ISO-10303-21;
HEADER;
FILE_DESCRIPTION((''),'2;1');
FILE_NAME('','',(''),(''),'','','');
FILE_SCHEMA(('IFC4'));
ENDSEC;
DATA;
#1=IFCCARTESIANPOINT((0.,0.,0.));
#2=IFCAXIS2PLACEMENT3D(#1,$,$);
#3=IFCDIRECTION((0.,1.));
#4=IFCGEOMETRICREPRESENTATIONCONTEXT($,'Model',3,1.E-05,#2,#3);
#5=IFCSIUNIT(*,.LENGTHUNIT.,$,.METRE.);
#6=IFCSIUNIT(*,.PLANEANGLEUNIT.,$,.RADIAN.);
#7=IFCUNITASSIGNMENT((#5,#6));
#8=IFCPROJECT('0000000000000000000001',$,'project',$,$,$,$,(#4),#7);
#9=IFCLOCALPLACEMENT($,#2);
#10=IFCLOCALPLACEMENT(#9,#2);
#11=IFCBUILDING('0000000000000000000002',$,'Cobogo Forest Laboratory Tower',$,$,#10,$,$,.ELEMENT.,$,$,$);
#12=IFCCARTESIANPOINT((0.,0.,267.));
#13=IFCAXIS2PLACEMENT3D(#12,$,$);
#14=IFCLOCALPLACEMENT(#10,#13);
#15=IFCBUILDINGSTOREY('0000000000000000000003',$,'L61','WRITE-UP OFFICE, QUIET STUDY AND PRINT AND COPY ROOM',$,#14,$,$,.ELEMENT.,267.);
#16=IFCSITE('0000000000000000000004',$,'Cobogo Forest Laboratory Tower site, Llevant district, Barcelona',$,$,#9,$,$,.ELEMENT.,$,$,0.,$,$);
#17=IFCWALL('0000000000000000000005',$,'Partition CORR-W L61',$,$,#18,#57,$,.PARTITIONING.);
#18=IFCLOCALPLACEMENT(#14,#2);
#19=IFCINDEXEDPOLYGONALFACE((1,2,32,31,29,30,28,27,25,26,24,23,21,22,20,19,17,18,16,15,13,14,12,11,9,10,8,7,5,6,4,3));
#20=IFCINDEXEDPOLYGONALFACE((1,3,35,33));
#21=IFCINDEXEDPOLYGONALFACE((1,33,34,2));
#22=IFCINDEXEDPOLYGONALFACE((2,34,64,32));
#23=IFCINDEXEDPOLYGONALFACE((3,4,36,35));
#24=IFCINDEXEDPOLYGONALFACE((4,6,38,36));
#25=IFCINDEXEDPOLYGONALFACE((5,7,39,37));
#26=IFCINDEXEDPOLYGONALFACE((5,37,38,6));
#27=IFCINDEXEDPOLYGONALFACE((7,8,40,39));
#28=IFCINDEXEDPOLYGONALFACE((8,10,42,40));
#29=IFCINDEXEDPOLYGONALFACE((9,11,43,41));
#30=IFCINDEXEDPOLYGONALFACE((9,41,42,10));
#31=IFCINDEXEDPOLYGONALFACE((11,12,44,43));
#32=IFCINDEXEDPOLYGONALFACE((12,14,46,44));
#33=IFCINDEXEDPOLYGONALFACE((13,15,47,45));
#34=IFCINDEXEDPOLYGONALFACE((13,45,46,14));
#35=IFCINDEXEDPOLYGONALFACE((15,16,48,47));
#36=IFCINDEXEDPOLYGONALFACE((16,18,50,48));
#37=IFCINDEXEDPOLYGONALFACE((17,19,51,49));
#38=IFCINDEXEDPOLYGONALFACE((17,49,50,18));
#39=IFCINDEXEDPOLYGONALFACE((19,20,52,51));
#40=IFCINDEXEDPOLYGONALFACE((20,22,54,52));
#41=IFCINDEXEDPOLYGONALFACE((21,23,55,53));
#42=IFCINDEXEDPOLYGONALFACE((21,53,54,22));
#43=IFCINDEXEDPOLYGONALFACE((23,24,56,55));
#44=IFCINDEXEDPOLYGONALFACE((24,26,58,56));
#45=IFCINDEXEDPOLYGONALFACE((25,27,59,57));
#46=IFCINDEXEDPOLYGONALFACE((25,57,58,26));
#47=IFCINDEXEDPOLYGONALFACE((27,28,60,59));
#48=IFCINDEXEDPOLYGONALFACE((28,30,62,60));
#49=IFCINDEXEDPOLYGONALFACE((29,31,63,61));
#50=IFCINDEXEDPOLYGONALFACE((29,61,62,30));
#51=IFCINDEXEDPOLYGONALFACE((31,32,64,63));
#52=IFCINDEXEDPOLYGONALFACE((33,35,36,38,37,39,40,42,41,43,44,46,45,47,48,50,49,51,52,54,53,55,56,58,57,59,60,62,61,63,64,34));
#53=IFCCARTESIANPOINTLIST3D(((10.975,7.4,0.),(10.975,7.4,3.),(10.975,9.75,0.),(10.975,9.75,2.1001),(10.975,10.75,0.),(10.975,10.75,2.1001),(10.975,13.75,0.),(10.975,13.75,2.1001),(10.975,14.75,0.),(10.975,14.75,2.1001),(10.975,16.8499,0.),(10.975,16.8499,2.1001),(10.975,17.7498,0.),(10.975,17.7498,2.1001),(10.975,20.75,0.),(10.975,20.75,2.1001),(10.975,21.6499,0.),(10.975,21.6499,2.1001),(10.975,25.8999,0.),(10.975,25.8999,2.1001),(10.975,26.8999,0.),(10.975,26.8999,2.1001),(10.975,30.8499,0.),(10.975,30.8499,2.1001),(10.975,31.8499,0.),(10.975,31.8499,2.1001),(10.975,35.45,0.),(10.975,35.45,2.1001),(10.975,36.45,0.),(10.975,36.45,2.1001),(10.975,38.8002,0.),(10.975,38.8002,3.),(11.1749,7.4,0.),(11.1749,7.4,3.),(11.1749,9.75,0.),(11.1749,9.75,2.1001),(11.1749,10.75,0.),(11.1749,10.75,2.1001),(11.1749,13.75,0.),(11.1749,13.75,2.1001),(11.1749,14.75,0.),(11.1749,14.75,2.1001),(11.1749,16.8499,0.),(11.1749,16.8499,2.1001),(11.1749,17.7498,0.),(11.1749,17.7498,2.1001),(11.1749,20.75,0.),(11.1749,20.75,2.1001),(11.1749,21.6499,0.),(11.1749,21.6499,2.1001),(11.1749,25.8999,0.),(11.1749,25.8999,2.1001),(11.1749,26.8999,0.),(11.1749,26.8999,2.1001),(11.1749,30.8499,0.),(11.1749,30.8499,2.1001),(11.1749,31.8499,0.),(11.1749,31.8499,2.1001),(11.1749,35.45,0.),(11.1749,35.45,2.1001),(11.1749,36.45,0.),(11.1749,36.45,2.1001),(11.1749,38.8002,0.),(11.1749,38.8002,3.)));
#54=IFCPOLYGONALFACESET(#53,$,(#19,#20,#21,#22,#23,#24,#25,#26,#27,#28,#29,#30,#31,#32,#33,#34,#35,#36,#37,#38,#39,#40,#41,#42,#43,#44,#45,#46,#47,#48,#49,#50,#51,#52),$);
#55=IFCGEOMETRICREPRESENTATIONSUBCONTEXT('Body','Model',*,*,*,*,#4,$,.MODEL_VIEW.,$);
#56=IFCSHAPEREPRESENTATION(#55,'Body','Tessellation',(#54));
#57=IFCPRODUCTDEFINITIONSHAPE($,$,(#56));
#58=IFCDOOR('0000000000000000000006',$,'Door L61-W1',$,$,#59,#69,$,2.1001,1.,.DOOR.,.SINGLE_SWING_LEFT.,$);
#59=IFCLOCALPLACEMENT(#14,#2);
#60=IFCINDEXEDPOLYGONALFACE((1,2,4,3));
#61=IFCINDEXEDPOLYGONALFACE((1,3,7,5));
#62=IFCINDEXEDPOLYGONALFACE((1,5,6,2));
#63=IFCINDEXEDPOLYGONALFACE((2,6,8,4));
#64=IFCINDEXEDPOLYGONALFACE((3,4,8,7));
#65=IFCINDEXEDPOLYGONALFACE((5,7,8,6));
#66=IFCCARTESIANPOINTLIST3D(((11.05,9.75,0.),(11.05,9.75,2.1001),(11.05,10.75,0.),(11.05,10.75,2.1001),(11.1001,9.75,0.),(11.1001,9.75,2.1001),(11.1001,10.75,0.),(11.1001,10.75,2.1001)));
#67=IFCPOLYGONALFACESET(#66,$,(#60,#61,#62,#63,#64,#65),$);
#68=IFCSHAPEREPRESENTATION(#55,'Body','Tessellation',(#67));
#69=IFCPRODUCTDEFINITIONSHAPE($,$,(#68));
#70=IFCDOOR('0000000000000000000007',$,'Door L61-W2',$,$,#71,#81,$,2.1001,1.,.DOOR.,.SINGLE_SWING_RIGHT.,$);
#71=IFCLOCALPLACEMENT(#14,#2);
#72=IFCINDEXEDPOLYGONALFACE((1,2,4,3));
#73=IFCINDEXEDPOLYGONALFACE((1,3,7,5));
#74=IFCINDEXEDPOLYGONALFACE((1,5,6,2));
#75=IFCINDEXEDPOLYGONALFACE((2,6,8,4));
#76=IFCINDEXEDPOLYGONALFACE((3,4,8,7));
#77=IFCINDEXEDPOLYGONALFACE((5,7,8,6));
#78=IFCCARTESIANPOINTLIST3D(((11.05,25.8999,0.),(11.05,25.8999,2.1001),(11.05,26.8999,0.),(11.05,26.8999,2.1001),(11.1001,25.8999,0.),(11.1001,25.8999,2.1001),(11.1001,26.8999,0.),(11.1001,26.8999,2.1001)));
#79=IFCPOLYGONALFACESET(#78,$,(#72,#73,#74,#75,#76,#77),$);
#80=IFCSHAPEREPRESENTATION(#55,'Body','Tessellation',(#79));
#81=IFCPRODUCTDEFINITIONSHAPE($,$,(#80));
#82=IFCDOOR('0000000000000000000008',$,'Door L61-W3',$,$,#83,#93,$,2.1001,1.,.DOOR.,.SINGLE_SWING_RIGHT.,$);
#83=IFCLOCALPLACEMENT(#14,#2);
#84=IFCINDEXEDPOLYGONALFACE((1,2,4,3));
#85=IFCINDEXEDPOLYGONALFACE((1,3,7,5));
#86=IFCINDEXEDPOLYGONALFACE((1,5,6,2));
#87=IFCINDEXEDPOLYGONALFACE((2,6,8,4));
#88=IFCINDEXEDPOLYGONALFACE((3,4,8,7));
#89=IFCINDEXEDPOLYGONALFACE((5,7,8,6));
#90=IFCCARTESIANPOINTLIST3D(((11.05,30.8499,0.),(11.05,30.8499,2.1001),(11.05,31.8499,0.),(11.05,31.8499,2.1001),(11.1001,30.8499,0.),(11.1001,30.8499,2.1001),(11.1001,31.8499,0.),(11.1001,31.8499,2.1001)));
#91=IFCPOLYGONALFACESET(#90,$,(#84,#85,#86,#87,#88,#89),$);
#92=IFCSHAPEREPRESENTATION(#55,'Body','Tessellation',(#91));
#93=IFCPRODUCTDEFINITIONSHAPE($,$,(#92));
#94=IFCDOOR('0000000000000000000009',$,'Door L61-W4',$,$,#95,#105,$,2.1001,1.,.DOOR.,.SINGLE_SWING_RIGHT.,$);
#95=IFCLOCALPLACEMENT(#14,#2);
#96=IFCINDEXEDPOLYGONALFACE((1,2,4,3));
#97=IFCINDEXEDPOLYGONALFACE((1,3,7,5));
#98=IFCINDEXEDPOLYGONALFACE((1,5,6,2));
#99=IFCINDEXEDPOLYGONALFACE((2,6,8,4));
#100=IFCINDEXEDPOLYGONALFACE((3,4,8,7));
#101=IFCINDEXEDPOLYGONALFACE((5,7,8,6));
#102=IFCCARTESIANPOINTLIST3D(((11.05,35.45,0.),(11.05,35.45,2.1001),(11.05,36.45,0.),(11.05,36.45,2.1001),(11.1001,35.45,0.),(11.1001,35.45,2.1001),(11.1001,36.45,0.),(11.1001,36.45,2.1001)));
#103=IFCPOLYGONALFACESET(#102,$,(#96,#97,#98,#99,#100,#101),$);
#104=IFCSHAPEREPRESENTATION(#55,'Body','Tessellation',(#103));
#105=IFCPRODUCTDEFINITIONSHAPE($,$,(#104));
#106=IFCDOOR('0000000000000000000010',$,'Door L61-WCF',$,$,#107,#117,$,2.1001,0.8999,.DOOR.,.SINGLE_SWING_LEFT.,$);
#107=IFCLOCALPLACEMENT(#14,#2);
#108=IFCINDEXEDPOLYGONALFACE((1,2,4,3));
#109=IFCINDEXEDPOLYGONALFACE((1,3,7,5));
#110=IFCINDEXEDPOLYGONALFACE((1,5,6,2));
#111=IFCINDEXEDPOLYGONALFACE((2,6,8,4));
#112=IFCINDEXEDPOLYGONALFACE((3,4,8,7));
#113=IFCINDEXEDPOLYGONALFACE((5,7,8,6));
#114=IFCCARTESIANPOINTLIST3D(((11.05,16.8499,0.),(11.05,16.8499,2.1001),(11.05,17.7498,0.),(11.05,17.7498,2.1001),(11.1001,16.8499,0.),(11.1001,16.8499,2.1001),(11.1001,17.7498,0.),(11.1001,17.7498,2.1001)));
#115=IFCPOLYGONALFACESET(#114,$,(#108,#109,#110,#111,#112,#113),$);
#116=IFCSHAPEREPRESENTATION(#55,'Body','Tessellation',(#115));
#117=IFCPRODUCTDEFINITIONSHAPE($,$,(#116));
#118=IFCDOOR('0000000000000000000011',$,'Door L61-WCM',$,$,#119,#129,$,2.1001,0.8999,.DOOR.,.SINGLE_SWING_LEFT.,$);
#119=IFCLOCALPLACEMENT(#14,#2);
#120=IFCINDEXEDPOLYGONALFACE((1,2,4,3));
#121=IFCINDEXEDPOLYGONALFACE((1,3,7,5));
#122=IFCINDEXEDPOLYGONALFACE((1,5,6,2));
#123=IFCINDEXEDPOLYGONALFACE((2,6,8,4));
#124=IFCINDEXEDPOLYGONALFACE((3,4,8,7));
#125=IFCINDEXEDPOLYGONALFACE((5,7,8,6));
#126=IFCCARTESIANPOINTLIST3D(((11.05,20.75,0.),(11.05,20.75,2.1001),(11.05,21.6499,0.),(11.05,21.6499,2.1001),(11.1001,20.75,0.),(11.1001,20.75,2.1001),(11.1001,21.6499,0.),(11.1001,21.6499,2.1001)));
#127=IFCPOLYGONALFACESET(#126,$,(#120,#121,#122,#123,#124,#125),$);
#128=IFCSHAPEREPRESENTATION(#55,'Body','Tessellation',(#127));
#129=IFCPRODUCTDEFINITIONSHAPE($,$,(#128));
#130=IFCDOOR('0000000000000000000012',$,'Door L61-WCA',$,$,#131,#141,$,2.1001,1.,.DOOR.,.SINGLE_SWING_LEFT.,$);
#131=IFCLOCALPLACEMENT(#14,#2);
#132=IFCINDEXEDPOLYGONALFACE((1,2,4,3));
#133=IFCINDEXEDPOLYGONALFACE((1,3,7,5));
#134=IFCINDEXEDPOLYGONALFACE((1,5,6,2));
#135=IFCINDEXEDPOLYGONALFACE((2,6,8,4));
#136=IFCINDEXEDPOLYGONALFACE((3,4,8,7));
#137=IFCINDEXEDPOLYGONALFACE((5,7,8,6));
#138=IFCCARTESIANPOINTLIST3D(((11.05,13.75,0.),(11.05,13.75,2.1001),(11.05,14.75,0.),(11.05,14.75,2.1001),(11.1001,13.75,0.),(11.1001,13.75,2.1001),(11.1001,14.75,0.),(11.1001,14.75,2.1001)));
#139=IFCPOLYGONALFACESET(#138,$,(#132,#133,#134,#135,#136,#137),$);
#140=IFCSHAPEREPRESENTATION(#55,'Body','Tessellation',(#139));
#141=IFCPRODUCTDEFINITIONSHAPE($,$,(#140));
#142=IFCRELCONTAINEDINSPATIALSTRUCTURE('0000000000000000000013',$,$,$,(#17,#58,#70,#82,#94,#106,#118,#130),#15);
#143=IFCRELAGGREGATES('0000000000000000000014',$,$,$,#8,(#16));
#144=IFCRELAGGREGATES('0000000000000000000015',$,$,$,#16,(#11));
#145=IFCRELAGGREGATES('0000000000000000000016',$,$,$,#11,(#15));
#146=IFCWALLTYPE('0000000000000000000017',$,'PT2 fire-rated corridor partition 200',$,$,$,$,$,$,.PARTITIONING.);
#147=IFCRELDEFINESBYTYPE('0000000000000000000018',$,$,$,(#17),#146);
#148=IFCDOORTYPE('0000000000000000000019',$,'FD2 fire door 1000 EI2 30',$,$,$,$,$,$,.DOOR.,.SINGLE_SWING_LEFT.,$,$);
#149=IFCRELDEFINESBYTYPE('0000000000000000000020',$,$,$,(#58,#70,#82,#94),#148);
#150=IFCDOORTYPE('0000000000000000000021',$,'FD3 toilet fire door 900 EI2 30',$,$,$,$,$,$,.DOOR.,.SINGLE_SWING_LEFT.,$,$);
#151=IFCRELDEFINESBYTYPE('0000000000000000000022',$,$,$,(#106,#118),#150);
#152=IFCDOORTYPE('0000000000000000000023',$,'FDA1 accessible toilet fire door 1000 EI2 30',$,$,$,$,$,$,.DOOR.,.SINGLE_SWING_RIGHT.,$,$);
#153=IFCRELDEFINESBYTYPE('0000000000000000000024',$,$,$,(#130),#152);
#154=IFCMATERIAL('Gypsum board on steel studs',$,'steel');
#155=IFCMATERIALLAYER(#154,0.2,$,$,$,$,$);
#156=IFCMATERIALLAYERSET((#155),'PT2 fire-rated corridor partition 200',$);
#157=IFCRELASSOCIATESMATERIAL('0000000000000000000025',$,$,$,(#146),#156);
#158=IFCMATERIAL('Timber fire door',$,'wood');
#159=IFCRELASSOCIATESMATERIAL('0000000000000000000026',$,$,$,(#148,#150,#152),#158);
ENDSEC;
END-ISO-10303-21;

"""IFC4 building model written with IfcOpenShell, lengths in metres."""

from ifc_helpers import new_model, si_unit, direction, frame, frame_2d, origin, place, context, subcontext, project, spatial, rectangle, extrude, material, layer, layer_set, type_object, element, fill, save


model = new_model("IFC4")

# Units and contexts
model_context = context("Model", 3, precision=1e-05, world=origin(), true_north=direction((0.0, 1.0)))
body_context = subcontext(model_context, "Body", "Model", "MODEL_VIEW")
ifc_project = project(units=[si_unit("LENGTHUNIT", "METRE"), si_unit("PLANEANGLEUNIT", "RADIAN")], contexts=[model_context])

# Site, building, storey
site_placement = place(None, origin())
site = spatial("IfcSite", under=ifc_project, at=site_placement, Name="Cobogo Forest Laboratory Tower site, Llevant district, Barcelona", CompositionType="ELEMENT", RefElevation=0.0)
building_placement = place(site_placement, origin())
building = spatial("IfcBuilding", under=site, at=building_placement, Name="Cobogo Forest Laboratory Tower", CompositionType="ELEMENT")
storey_placement = place(building_placement, frame((0.0, 0.0, 267.0)))
storey = spatial("IfcBuildingStorey", under=building, at=storey_placement, Name="L61", Description="WRITE-UP OFFICE, QUIET STUDY AND PRINT AND COPY ROOM", CompositionType="ELEMENT", Elevation=267.0)

# Shared definitions
ifc_material_1 = material(Name="Gypsum board on steel studs", Category="steel")

# Wall, openings, doors
ifc_layer_1 = layer(ifc_material_1, 0.2)
ifc_layer_set_1 = layer_set([ifc_layer_1], Name="PT2 fire-rated corridor partition 200")
wall_type_1 = type_object("IfcWallType", Name="PT2 fire-rated corridor partition 200", PredefinedType="PARTITIONING", material=ifc_layer_set_1)
ifc_material_2 = material(Name="Timber fire door", Category="wood")
door_type_1 = type_object("IfcDoorType", Name="FD2 fire door 1000 EI2 30", OperationType="SINGLE_SWING_LEFT", PredefinedType="DOOR", material=ifc_material_2)
wall_1_placement = place(storey_placement, frame((11.075, 7.3999, 0.0), z_axis=(0.0, 0.0, 1.0), x_axis=(0.0, 1.0, 0.0)))
wall_1 = element("IfcWall", 1, at=wall_1_placement, inside=storey, type_object=wall_type_1, Name="Partition CORR-W L61", PredefinedType="PARTITIONING", context=body_context, shape_type="SweptSolid", body=[
    extrude(rectangle(XDim=31.4001, YDim=0.2, at=frame_2d((15.7002, 0.0))), origin(), (0.0, 0.0, 1.0), 3.0),
])
opening_1_placement = place(wall_1_placement, frame((2.3501, 0.0, 0.0)))
opening_1 = element("IfcOpeningElement", 2, at=opening_1_placement, cuts=wall_1, PredefinedType="OPENING", context=body_context, shape_type="SweptSolid", body=[
    extrude(rectangle(XDim=1.0, YDim=2.1001, at=frame_2d((0.5, 1.05))), frame((0.0, 0.1099, 0.0), z_axis=(0.0, -1.0, 0.0), x_axis=(1.0, 0.0, 0.0)), (0.0, 0.0, 1.0), 0.22),
])
opening_2_placement = place(wall_1_placement, frame((6.3501, 0.0, 0.0)))
opening_2 = element("IfcOpeningElement", 3, at=opening_2_placement, cuts=wall_1, PredefinedType="OPENING", context=body_context, shape_type="SweptSolid", body=[
    extrude(rectangle(XDim=1.0, YDim=2.1001, at=frame_2d((0.5, 1.05))), frame((0.0, 0.1099, 0.0), z_axis=(0.0, -1.0, 0.0), x_axis=(1.0, 0.0, 0.0)), (0.0, 0.0, 1.0), 0.22),
])
opening_3_placement = place(wall_1_placement, frame((9.45, 0.0, 0.0)))
opening_3 = element("IfcOpeningElement", 4, at=opening_3_placement, cuts=wall_1, PredefinedType="OPENING", context=body_context, shape_type="SweptSolid", body=[
    extrude(rectangle(XDim=0.8999, YDim=2.1001, at=frame_2d((0.45, 1.05))), frame((0.0, 0.1099, 0.0), z_axis=(0.0, -1.0, 0.0), x_axis=(1.0, 0.0, 0.0)), (0.0, 0.0, 1.0), 0.22),
])
opening_4_placement = place(wall_1_placement, frame((13.3501, 0.0, 0.0)))
opening_4 = element("IfcOpeningElement", 5, at=opening_4_placement, cuts=wall_1, PredefinedType="OPENING", context=body_context, shape_type="SweptSolid", body=[
    extrude(rectangle(XDim=0.8999, YDim=2.1001, at=frame_2d((0.45, 1.05))), frame((0.0, 0.1099, 0.0), z_axis=(0.0, -1.0, 0.0), x_axis=(1.0, 0.0, 0.0)), (0.0, 0.0, 1.0), 0.22),
])
opening_5_placement = place(wall_1_placement, frame((18.5, 0.0, 0.0)))
opening_5 = element("IfcOpeningElement", 6, at=opening_5_placement, cuts=wall_1, PredefinedType="OPENING", context=body_context, shape_type="SweptSolid", body=[
    extrude(rectangle(XDim=1.0, YDim=2.1001, at=frame_2d((0.5, 1.05))), frame((0.0, 0.1099, 0.0), z_axis=(0.0, -1.0, 0.0), x_axis=(1.0, 0.0, 0.0)), (0.0, 0.0, 1.0), 0.22),
])
opening_6_placement = place(wall_1_placement, frame((23.45, 0.0, 0.0)))
opening_6 = element("IfcOpeningElement", 7, at=opening_6_placement, cuts=wall_1, PredefinedType="OPENING", context=body_context, shape_type="SweptSolid", body=[
    extrude(rectangle(XDim=1.0, YDim=2.1001, at=frame_2d((0.5, 1.05))), frame((0.0, 0.1099, 0.0), z_axis=(0.0, -1.0, 0.0), x_axis=(1.0, 0.0, 0.0)), (0.0, 0.0, 1.0), 0.22),
])
opening_7_placement = place(wall_1_placement, frame((28.05, 0.0, 0.0)))
opening_7 = element("IfcOpeningElement", 8, at=opening_7_placement, cuts=wall_1, PredefinedType="OPENING", context=body_context, shape_type="SweptSolid", body=[
    extrude(rectangle(XDim=1.0, YDim=2.1001, at=frame_2d((0.5, 1.05))), frame((0.0, 0.1099, 0.0), z_axis=(0.0, -1.0, 0.0), x_axis=(1.0, 0.0, 0.0)), (0.0, 0.0, 1.0), 0.22),
])
door_1_placement = place(opening_1_placement, origin())
door_1 = element("IfcDoor", 9, at=door_1_placement, inside=storey, type_object=door_type_1, Name="Door L61-W1", OperationType="SINGLE_SWING_LEFT", OverallHeight=2.1001, OverallWidth=1.0, PredefinedType="DOOR", context=body_context, shape_type="SweptSolid", body=[
    extrude(rectangle(XDim=1.0, YDim=2.1001, at=frame_2d((0.5, 1.05))), frame((0.0, 0.0249, 0.0), z_axis=(0.0, -1.0, 0.0), x_axis=(1.0, 0.0, 0.0)), (0.0, 0.0, 1.0), 0.05),
])
fill(opening_1, door_1)
door_2_placement = place(opening_5_placement, origin())
door_2 = element("IfcDoor", 10, at=door_2_placement, inside=storey, type_object=door_type_1, Name="Door L61-W2", OperationType="SINGLE_SWING_RIGHT", OverallHeight=2.1001, OverallWidth=1.0, PredefinedType="DOOR", context=body_context, shape_type="SweptSolid", body=[
    extrude(rectangle(XDim=1.0, YDim=2.1001, at=frame_2d((0.5, 1.05))), frame((0.0, 0.0249, 0.0), z_axis=(0.0, -1.0, 0.0), x_axis=(1.0, 0.0, 0.0)), (0.0, 0.0, 1.0), 0.05),
])
fill(opening_5, door_2)
door_3_placement = place(opening_6_placement, origin())
door_3 = element("IfcDoor", 11, at=door_3_placement, inside=storey, type_object=door_type_1, Name="Door L61-W3", OperationType="SINGLE_SWING_RIGHT", OverallHeight=2.1001, OverallWidth=1.0, PredefinedType="DOOR", context=body_context, shape_type="SweptSolid", body=[
    extrude(rectangle(XDim=1.0, YDim=2.1001, at=frame_2d((0.5, 1.05))), frame((0.0, 0.0249, 0.0), z_axis=(0.0, -1.0, 0.0), x_axis=(1.0, 0.0, 0.0)), (0.0, 0.0, 1.0), 0.05),
])
fill(opening_6, door_3)
door_4_placement = place(opening_7_placement, origin())
door_4 = element("IfcDoor", 12, at=door_4_placement, inside=storey, type_object=door_type_1, Name="Door L61-W4", OperationType="SINGLE_SWING_RIGHT", OverallHeight=2.1001, OverallWidth=1.0, PredefinedType="DOOR", context=body_context, shape_type="SweptSolid", body=[
    extrude(rectangle(XDim=1.0, YDim=2.1001, at=frame_2d((0.5, 1.05))), frame((0.0, 0.0249, 0.0), z_axis=(0.0, -1.0, 0.0), x_axis=(1.0, 0.0, 0.0)), (0.0, 0.0, 1.0), 0.05),
])
fill(opening_7, door_4)
door_type_2 = type_object("IfcDoorType", Name="FD3 toilet fire door 900 EI2 30", OperationType="SINGLE_SWING_LEFT", PredefinedType="DOOR", material=ifc_material_2)
door_5_placement = place(opening_3_placement, origin())
door_5 = element("IfcDoor", 13, at=door_5_placement, inside=storey, type_object=door_type_2, Name="Door L61-WCF", OperationType="SINGLE_SWING_LEFT", OverallHeight=2.1001, OverallWidth=0.8999, PredefinedType="DOOR", context=body_context, shape_type="SweptSolid", body=[
    extrude(rectangle(XDim=0.8999, YDim=2.1001, at=frame_2d((0.45, 1.05))), frame((0.0, 0.0249, 0.0), z_axis=(0.0, -1.0, 0.0), x_axis=(1.0, 0.0, 0.0)), (0.0, 0.0, 1.0), 0.05),
])
fill(opening_3, door_5)
door_6_placement = place(opening_4_placement, origin())
door_6 = element("IfcDoor", 14, at=door_6_placement, inside=storey, type_object=door_type_2, Name="Door L61-WCM", OperationType="SINGLE_SWING_LEFT", OverallHeight=2.1001, OverallWidth=0.8999, PredefinedType="DOOR", context=body_context, shape_type="SweptSolid", body=[
    extrude(rectangle(XDim=0.8999, YDim=2.1001, at=frame_2d((0.45, 1.05))), frame((0.0, 0.0249, 0.0), z_axis=(0.0, -1.0, 0.0), x_axis=(1.0, 0.0, 0.0)), (0.0, 0.0, 1.0), 0.05),
])
fill(opening_4, door_6)
door_type_3 = type_object("IfcDoorType", Name="FDA1 accessible toilet fire door 1000 EI2 30", OperationType="SINGLE_SWING_RIGHT", PredefinedType="DOOR", material=ifc_material_2)
door_7_placement = place(opening_2_placement, origin())
door_7 = element("IfcDoor", 15, at=door_7_placement, inside=storey, type_object=door_type_3, Name="Door L61-WCA", OperationType="SINGLE_SWING_LEFT", OverallHeight=2.1001, OverallWidth=1.0, PredefinedType="DOOR", context=body_context, shape_type="SweptSolid", body=[
    extrude(rectangle(XDim=1.0, YDim=2.1001, at=frame_2d((0.5, 1.05))), frame((0.0, 0.0249, 0.0), z_axis=(0.0, -1.0, 0.0), x_axis=(1.0, 0.0, 0.0)), (0.0, 0.0, 1.0), 0.05),
])
fill(opening_2, door_7)

save(model, "model.ifc")
